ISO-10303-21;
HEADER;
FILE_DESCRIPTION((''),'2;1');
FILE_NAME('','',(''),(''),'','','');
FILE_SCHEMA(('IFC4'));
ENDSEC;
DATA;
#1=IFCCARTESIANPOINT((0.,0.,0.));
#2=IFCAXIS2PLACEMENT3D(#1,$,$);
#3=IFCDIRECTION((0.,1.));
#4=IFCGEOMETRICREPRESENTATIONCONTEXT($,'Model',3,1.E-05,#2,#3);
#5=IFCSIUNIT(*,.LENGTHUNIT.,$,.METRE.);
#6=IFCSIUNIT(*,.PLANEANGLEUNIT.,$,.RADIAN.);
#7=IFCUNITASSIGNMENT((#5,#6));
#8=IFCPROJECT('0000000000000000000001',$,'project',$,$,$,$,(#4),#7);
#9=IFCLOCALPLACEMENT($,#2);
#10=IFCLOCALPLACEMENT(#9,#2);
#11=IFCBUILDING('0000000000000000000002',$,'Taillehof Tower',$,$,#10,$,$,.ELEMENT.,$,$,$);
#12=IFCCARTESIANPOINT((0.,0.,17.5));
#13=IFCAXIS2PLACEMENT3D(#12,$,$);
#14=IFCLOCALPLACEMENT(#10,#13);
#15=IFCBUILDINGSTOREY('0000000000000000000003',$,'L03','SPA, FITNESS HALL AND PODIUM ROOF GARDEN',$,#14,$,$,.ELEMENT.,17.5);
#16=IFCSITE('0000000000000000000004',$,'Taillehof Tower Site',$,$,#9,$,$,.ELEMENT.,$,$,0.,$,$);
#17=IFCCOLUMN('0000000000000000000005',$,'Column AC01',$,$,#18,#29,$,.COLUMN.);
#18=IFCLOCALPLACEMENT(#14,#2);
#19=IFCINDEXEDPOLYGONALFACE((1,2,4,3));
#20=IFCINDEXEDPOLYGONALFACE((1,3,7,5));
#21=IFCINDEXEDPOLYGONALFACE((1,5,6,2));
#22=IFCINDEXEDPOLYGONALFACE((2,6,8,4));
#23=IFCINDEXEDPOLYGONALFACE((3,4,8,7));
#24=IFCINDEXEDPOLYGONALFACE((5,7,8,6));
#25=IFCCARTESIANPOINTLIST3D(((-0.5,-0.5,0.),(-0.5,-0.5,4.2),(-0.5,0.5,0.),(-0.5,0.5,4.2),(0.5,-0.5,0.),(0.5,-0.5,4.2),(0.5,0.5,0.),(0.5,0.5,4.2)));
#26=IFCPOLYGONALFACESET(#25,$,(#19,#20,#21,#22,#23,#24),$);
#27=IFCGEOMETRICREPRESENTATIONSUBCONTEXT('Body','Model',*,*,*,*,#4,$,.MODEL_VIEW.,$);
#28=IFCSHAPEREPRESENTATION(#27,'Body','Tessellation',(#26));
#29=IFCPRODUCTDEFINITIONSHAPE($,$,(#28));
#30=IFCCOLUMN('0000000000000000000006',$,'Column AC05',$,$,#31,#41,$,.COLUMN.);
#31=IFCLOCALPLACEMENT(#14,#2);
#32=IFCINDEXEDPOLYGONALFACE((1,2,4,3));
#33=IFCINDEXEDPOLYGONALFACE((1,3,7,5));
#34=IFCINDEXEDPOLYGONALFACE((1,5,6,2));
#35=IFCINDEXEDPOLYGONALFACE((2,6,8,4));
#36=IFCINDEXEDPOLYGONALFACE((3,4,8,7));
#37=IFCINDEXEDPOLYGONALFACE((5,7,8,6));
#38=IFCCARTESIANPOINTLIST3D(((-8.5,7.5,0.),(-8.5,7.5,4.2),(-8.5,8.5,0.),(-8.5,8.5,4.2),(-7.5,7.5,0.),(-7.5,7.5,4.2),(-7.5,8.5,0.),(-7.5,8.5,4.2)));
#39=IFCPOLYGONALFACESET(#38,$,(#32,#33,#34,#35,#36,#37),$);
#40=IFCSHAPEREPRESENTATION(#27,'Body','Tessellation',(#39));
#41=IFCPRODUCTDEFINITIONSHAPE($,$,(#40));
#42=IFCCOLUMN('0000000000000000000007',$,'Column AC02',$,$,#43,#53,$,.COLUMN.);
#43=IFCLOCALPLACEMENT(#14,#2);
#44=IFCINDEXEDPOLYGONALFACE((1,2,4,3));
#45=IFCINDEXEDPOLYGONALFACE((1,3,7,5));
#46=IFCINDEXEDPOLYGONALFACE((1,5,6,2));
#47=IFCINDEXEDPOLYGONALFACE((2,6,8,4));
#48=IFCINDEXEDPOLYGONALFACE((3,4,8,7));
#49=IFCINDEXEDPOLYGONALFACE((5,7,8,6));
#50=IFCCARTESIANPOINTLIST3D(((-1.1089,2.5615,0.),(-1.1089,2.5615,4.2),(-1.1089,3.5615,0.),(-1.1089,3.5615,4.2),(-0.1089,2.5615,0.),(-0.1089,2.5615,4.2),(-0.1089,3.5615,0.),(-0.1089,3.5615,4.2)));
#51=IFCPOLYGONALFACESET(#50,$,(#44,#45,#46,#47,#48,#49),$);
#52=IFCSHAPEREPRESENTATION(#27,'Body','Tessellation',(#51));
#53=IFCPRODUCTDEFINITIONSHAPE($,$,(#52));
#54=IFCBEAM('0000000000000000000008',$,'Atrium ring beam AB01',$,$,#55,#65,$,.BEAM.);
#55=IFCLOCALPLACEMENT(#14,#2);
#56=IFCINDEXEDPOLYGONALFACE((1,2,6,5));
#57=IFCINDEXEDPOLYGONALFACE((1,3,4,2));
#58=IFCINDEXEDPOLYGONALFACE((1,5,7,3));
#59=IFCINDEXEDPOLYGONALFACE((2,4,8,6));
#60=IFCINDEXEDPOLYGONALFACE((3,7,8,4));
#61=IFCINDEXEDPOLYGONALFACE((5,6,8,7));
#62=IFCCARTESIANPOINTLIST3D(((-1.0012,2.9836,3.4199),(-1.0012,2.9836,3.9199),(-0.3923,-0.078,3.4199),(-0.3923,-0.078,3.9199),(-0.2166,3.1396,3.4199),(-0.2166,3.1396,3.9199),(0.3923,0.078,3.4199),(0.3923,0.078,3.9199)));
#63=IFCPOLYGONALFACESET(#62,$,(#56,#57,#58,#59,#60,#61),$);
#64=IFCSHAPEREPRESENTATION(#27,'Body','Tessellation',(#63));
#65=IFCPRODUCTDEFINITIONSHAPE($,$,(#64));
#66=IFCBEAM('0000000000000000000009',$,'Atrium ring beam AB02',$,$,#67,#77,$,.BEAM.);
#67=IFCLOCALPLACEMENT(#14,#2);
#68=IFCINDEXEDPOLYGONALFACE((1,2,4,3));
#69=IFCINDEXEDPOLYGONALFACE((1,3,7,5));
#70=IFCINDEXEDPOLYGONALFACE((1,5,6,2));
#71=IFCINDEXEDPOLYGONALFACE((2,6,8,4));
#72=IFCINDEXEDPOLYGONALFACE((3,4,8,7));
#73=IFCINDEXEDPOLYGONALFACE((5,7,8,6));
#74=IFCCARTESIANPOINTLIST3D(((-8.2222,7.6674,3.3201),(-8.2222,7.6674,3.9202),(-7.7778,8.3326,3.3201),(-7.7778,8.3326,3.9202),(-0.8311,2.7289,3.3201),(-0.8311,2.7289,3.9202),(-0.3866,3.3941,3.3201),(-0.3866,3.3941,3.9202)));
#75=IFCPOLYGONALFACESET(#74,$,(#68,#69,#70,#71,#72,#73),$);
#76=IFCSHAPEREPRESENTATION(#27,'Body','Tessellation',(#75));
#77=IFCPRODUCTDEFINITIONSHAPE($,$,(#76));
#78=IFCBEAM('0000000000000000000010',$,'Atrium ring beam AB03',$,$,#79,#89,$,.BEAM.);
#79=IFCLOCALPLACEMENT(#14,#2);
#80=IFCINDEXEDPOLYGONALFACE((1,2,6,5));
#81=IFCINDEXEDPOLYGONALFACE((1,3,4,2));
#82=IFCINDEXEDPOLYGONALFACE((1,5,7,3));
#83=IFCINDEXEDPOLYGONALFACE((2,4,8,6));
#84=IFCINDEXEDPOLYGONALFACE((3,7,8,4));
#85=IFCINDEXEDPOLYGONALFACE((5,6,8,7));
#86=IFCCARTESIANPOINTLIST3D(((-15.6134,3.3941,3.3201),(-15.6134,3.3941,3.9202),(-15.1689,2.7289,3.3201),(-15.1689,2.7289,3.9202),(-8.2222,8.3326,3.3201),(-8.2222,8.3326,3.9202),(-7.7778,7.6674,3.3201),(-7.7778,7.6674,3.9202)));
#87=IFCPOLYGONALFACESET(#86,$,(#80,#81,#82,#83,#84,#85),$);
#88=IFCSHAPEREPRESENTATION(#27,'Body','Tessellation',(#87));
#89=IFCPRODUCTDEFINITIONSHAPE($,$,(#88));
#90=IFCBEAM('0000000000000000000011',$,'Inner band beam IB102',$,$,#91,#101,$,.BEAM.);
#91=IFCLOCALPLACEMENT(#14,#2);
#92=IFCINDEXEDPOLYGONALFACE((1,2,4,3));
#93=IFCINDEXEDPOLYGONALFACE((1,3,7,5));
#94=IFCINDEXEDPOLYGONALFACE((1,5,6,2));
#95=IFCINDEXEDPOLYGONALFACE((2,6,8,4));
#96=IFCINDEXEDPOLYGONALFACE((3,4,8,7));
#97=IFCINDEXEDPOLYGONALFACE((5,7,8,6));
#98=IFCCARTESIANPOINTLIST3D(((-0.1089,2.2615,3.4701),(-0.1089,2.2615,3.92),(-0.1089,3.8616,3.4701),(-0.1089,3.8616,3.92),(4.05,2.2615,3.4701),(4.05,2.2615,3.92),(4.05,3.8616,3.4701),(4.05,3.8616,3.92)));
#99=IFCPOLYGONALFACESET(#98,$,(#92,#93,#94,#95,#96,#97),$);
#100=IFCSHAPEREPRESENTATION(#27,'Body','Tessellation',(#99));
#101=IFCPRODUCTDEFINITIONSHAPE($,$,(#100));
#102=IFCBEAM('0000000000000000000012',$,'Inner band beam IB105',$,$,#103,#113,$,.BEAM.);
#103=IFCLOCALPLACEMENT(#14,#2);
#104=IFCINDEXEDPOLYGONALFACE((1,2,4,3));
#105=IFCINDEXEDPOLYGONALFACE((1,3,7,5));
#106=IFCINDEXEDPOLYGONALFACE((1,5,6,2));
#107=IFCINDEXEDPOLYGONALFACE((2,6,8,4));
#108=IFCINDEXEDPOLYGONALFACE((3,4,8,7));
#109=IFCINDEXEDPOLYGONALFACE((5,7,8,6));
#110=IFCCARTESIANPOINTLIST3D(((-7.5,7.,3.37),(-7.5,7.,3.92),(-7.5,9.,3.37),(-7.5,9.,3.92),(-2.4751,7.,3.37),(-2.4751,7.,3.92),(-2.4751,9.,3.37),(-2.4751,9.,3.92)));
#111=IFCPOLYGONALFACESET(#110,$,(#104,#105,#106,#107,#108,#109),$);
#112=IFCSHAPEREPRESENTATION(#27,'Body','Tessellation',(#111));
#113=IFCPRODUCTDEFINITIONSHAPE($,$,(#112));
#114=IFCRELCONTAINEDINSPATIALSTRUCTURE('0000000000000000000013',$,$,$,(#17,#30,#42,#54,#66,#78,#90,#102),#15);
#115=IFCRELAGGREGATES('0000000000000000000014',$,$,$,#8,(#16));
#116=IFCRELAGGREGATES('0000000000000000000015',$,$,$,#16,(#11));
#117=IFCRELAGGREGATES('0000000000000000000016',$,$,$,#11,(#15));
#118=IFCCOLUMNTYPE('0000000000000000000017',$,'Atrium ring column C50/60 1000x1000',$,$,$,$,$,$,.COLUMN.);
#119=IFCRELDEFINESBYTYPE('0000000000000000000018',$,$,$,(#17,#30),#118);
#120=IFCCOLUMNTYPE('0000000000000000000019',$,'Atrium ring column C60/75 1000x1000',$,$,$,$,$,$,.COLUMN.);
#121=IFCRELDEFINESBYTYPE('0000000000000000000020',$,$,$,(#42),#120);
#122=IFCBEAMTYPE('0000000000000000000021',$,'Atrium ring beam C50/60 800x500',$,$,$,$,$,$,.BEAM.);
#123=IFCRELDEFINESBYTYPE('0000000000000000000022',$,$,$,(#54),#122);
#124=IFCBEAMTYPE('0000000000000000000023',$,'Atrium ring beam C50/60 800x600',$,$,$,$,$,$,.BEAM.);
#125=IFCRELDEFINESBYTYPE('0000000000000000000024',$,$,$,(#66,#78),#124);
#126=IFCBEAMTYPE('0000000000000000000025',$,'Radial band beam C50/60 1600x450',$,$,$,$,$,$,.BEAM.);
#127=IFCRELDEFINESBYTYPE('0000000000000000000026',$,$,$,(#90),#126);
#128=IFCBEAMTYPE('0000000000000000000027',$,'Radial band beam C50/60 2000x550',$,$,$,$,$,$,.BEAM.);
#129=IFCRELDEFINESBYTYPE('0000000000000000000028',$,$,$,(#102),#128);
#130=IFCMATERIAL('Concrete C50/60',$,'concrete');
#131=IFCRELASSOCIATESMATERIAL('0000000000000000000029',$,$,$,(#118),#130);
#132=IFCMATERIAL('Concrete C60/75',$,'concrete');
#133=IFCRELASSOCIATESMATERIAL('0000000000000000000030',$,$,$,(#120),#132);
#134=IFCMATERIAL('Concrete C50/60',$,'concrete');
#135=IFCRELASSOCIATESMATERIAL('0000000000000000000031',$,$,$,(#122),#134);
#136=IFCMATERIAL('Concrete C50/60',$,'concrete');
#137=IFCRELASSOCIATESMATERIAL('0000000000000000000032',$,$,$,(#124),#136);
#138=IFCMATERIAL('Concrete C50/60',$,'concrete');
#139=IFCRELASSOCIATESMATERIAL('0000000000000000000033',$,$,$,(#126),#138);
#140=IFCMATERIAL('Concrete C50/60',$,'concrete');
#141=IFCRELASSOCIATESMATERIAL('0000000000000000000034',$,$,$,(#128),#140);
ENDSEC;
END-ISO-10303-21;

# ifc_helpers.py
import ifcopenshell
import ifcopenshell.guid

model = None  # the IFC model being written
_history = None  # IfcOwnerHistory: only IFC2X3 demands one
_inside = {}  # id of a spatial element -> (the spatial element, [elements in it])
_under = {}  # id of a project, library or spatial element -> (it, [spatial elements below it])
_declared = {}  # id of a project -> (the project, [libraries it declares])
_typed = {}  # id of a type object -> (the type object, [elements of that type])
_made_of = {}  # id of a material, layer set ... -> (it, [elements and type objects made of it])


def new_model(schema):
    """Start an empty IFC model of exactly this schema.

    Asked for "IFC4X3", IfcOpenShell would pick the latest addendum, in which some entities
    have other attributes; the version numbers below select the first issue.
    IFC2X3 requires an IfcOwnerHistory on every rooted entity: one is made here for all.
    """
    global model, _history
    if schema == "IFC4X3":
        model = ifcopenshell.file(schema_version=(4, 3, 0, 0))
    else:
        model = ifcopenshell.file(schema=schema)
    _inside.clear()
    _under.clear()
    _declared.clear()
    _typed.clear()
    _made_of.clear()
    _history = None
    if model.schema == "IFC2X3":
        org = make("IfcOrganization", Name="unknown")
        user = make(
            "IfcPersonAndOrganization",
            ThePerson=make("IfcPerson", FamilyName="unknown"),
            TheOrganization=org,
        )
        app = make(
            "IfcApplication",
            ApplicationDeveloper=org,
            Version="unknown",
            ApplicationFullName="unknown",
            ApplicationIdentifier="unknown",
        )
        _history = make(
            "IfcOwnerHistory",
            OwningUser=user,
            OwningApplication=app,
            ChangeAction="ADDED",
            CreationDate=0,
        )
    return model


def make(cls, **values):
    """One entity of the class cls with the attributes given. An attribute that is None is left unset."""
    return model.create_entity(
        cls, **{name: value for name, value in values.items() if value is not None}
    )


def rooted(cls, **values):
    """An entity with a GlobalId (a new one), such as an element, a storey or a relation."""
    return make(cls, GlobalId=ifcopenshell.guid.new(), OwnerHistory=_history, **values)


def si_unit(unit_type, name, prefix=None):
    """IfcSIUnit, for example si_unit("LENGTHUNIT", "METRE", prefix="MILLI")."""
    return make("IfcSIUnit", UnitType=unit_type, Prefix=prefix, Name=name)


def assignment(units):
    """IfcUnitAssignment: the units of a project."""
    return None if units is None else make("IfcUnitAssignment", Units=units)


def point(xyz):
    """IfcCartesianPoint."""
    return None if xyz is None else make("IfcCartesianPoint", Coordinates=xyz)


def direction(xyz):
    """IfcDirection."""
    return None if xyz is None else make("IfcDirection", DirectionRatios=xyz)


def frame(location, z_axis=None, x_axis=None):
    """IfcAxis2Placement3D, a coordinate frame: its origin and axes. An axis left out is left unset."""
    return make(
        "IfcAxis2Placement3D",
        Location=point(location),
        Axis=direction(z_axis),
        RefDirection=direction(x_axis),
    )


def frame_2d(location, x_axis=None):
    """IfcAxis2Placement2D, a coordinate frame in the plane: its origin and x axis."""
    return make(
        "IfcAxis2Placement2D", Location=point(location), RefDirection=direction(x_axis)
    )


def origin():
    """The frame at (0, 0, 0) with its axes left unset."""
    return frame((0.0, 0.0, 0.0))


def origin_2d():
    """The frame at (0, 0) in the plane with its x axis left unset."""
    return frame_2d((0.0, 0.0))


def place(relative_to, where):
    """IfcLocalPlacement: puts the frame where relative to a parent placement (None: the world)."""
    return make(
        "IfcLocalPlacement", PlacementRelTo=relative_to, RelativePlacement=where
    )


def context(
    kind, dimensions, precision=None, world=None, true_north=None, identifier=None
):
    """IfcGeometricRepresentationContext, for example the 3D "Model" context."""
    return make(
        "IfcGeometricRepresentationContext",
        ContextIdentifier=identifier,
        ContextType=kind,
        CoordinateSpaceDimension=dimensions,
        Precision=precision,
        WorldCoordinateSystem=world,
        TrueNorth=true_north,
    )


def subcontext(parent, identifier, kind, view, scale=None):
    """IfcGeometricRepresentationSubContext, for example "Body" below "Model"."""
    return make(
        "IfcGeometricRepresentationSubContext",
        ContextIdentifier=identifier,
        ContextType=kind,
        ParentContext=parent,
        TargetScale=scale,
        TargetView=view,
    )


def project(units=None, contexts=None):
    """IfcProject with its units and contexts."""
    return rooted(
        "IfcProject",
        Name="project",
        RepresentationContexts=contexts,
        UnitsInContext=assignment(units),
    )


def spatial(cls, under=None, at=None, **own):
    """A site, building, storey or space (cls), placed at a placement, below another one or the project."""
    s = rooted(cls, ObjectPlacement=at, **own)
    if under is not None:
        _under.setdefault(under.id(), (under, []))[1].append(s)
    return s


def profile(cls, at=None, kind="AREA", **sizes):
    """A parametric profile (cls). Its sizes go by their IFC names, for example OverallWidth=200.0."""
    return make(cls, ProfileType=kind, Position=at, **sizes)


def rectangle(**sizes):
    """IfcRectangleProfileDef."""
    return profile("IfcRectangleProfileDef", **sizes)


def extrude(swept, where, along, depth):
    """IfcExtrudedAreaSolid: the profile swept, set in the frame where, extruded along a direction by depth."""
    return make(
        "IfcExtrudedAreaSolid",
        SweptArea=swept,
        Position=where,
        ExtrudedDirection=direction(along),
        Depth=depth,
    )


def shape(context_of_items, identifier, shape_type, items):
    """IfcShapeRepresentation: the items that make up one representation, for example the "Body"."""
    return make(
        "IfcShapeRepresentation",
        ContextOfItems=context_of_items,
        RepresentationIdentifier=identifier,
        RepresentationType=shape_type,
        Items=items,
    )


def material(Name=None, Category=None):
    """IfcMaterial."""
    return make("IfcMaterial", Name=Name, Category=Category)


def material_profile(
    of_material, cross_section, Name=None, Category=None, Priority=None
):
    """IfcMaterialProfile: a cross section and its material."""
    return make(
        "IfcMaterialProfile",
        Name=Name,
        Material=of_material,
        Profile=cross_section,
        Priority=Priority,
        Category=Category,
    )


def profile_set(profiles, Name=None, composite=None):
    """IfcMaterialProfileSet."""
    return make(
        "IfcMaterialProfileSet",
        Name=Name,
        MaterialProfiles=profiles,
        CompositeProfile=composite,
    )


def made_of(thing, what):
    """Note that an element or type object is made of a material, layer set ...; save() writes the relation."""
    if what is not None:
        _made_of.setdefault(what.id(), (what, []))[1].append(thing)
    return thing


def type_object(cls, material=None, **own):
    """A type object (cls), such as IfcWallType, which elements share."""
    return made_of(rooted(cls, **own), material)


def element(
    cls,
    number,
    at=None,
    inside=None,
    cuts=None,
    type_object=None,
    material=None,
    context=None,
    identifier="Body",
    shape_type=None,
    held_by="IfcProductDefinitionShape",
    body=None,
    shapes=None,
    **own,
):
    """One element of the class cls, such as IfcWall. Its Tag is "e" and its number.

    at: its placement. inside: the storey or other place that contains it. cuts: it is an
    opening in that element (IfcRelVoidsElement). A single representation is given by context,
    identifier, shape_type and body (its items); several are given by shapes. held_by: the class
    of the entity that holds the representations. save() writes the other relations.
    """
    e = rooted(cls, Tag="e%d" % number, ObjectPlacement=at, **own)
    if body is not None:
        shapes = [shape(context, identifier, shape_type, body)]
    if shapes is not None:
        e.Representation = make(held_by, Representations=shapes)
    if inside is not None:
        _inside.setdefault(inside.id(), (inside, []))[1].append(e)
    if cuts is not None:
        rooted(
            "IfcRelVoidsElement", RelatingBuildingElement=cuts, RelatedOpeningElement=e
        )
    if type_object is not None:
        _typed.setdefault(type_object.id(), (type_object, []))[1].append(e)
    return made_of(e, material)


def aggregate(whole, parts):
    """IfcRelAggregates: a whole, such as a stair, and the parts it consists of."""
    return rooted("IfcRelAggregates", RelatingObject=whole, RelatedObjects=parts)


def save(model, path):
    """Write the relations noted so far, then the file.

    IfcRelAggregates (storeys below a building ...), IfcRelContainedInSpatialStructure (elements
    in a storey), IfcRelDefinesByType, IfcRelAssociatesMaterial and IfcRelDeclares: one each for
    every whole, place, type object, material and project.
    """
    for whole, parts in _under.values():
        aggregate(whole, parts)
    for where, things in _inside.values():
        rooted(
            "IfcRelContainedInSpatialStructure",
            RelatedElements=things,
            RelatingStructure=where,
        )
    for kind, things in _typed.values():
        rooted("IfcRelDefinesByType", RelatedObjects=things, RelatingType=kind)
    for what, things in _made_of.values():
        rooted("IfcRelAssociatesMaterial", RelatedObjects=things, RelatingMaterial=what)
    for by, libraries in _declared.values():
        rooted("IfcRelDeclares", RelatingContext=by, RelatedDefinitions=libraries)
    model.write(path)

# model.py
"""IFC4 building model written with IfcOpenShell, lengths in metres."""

from ifc_helpers import new_model, si_unit, direction, frame, origin, origin_2d, place, context, subcontext, project, spatial, rectangle, extrude, material, material_profile, profile_set, type_object, element, save


model = new_model("IFC4")

# Units and contexts
model_context = context("Model", 3, precision=1e-05, world=origin(), true_north=direction((0.0, 1.0)))
body_context = subcontext(model_context, "Body", "Model", "MODEL_VIEW")
ifc_project = project(units=[si_unit("LENGTHUNIT", "METRE"), si_unit("PLANEANGLEUNIT", "RADIAN")], contexts=[model_context])

# Site, building, storey
site_placement = place(None, origin())
site = spatial("IfcSite", under=ifc_project, at=site_placement, Name="Taillehof Tower Site", CompositionType="ELEMENT", RefElevation=0.0)
building_placement = place(site_placement, origin())
building = spatial("IfcBuilding", under=site, at=building_placement, Name="Taillehof Tower", CompositionType="ELEMENT")
storey_placement = place(building_placement, frame((0.0, 0.0, 17.5)))
storey = spatial("IfcBuildingStorey", under=building, at=storey_placement, Name="L03", Description="SPA, FITNESS HALL AND PODIUM ROOF GARDEN", CompositionType="ELEMENT", Elevation=17.5)

# Columns
ifc_material_1 = material(Name="Concrete C50/60", Category="concrete")
ifc_material_profile_1 = material_profile(ifc_material_1, rectangle(XDim=1.0, YDim=1.0, at=origin_2d()), Name="RC 1000x1000")
ifc_profile_set_1 = profile_set([ifc_material_profile_1], Name="Concrete C50/60")
column_type_1 = type_object("IfcColumnType", Name="Atrium ring column C50/60 1000x1000", PredefinedType="COLUMN", material=ifc_profile_set_1)
for number, where, z_axis, x_axis, name in (
    (1, (0.0, 0.0, 0.0), (0.0, 0.0, 1.0), (1.0, 0.0, 0.0), "Column AC01"),
    (2, (-8.0, 8.0, 0.0), (0.0, 0.0, 1.0), (1.0, 0.0, 0.0), "Column AC05"),
):
    element("IfcColumn", number, at=place(storey_placement, frame(where, z_axis=z_axis, x_axis=x_axis)), inside=storey, type_object=column_type_1, Name=name, PredefinedType="COLUMN", context=body_context, shape_type="SweptSolid", body=[
        extrude(rectangle(XDim=1.0, YDim=1.0, at=origin_2d()), origin(), (0.0, 0.0, 1.0), 4.2),
    ])
ifc_material_2 = material(Name="Concrete C60/75", Category="concrete")
ifc_material_profile_2 = material_profile(ifc_material_2, rectangle(XDim=1.0, YDim=1.0, at=origin_2d()), Name="RC 1000x1000")
ifc_profile_set_2 = profile_set([ifc_material_profile_2], Name="Concrete C60/75")
column_type_2 = type_object("IfcColumnType", Name="Atrium ring column C60/75 1000x1000", PredefinedType="COLUMN", material=ifc_profile_set_2)
column_placement = place(storey_placement, frame((-0.6089, 3.0615, 0.0), z_axis=(0.0, 0.0, 1.0), x_axis=(1.0, 0.0, 0.0)))
element("IfcColumn", 3, at=column_placement, inside=storey, type_object=column_type_2, Name="Column AC02", PredefinedType="COLUMN", context=body_context, shape_type="SweptSolid", body=[
    extrude(rectangle(XDim=1.0, YDim=1.0, at=origin_2d()), origin(), (0.0, 0.0, 1.0), 4.2),
])

# Beams
ifc_material_3 = material(Name="Concrete C50/60", Category="concrete")
ifc_material_profile_3 = material_profile(ifc_material_3, rectangle(XDim=0.8, YDim=0.5, at=origin_2d()), Name="RC 800x500")
ifc_profile_set_3 = profile_set([ifc_material_profile_3], Name="Concrete C50/60")
beam_type_1 = type_object("IfcBeamType", Name="Atrium ring beam C50/60 800x500", PredefinedType="BEAM", material=ifc_profile_set_3)
beam_1_placement = place(storey_placement, frame((0.0, 0.0, 3.6699), z_axis=(-0.195063, 0.980791, 0.0), x_axis=(-0.980791, -0.195063, 0.0)))
element("IfcBeam", 4, at=beam_1_placement, inside=storey, type_object=beam_type_1, Name="Atrium ring beam AB01", PredefinedType="BEAM", context=body_context, shape_type="SweptSolid", body=[
    extrude(rectangle(XDim=0.8, YDim=0.5, at=origin_2d()), origin(), (0.0, 0.0, 1.0), 3.1216),
])
ifc_material_4 = material(Name="Concrete C50/60", Category="concrete")
ifc_material_profile_4 = material_profile(ifc_material_4, rectangle(XDim=0.8, YDim=0.6001, at=origin_2d()), Name="RC 800x600")
ifc_profile_set_4 = profile_set([ifc_material_profile_4], Name="Concrete C50/60")
beam_type_2 = type_object("IfcBeamType", Name="Atrium ring beam C50/60 800x600", PredefinedType="BEAM", material=ifc_profile_set_4)
for number, where, z_axis, x_axis, name in (
    (5, (-0.6089, 3.0615, 3.6201), (-0.831475, 0.555562, 0.0), (-0.555562, -0.831475, 0.0), "Atrium ring beam AB02"),
    (6, (-8.0, 8.0, 3.6201), (-0.831475, -0.555562, 0.0), (0.555562, -0.831475, 0.0), "Atrium ring beam AB03"),
):
    element("IfcBeam", number, at=place(storey_placement, frame(where, z_axis=z_axis, x_axis=x_axis)), inside=storey, type_object=beam_type_2, Name=name, PredefinedType="BEAM", context=body_context, shape_type="SweptSolid", body=[
        extrude(rectangle(XDim=0.8, YDim=0.6001, at=origin_2d()), origin(), (0.0, 0.0, 1.0), 8.8892),
    ])
ifc_material_5 = material(Name="Concrete C50/60", Category="concrete")
ifc_material_profile_5 = material_profile(ifc_material_5, rectangle(XDim=1.6001, YDim=0.45, at=origin_2d()), Name="RC 1600x450")
ifc_profile_set_5 = profile_set([ifc_material_profile_5], Name="Concrete C50/60")
beam_type_3 = type_object("IfcBeamType", Name="Radial band beam C50/60 1600x450", PredefinedType="BEAM", material=ifc_profile_set_5)
beam_2_placement = place(storey_placement, frame((-0.1089, 3.0615, 3.6951), z_axis=(1.0, 0.0, 0.0), x_axis=(0.0, 1.0, 0.0)))
element("IfcBeam", 7, at=beam_2_placement, inside=storey, type_object=beam_type_3, Name="Inner band beam IB102", PredefinedType="BEAM", context=body_context, shape_type="SweptSolid", body=[
    extrude(rectangle(XDim=1.6001, YDim=0.45, at=origin_2d()), origin(), (0.0, 0.0, 1.0), 4.1589),
])
ifc_material_6 = material(Name="Concrete C50/60", Category="concrete")
ifc_material_profile_6 = material_profile(ifc_material_6, rectangle(XDim=2.0, YDim=0.55, at=origin_2d()), Name="RC 2000x550")
ifc_profile_set_6 = profile_set([ifc_material_profile_6], Name="Concrete C50/60")
beam_type_4 = type_object("IfcBeamType", Name="Radial band beam C50/60 2000x550", PredefinedType="BEAM", material=ifc_profile_set_6)
beam_3_placement = place(storey_placement, frame((-7.5, 8.0, 3.645), z_axis=(1.0, 0.0, 0.0), x_axis=(0.0, 1.0, 0.0)))
element("IfcBeam", 8, at=beam_3_placement, inside=storey, type_object=beam_type_4, Name="Inner band beam IB105", PredefinedType="BEAM", context=body_context, shape_type="SweptSolid", body=[
    extrude(rectangle(XDim=2.0, YDim=0.55, at=origin_2d()), origin(), (0.0, 0.0, 1.0), 5.0249),
])

save(model, "model.ifc")
